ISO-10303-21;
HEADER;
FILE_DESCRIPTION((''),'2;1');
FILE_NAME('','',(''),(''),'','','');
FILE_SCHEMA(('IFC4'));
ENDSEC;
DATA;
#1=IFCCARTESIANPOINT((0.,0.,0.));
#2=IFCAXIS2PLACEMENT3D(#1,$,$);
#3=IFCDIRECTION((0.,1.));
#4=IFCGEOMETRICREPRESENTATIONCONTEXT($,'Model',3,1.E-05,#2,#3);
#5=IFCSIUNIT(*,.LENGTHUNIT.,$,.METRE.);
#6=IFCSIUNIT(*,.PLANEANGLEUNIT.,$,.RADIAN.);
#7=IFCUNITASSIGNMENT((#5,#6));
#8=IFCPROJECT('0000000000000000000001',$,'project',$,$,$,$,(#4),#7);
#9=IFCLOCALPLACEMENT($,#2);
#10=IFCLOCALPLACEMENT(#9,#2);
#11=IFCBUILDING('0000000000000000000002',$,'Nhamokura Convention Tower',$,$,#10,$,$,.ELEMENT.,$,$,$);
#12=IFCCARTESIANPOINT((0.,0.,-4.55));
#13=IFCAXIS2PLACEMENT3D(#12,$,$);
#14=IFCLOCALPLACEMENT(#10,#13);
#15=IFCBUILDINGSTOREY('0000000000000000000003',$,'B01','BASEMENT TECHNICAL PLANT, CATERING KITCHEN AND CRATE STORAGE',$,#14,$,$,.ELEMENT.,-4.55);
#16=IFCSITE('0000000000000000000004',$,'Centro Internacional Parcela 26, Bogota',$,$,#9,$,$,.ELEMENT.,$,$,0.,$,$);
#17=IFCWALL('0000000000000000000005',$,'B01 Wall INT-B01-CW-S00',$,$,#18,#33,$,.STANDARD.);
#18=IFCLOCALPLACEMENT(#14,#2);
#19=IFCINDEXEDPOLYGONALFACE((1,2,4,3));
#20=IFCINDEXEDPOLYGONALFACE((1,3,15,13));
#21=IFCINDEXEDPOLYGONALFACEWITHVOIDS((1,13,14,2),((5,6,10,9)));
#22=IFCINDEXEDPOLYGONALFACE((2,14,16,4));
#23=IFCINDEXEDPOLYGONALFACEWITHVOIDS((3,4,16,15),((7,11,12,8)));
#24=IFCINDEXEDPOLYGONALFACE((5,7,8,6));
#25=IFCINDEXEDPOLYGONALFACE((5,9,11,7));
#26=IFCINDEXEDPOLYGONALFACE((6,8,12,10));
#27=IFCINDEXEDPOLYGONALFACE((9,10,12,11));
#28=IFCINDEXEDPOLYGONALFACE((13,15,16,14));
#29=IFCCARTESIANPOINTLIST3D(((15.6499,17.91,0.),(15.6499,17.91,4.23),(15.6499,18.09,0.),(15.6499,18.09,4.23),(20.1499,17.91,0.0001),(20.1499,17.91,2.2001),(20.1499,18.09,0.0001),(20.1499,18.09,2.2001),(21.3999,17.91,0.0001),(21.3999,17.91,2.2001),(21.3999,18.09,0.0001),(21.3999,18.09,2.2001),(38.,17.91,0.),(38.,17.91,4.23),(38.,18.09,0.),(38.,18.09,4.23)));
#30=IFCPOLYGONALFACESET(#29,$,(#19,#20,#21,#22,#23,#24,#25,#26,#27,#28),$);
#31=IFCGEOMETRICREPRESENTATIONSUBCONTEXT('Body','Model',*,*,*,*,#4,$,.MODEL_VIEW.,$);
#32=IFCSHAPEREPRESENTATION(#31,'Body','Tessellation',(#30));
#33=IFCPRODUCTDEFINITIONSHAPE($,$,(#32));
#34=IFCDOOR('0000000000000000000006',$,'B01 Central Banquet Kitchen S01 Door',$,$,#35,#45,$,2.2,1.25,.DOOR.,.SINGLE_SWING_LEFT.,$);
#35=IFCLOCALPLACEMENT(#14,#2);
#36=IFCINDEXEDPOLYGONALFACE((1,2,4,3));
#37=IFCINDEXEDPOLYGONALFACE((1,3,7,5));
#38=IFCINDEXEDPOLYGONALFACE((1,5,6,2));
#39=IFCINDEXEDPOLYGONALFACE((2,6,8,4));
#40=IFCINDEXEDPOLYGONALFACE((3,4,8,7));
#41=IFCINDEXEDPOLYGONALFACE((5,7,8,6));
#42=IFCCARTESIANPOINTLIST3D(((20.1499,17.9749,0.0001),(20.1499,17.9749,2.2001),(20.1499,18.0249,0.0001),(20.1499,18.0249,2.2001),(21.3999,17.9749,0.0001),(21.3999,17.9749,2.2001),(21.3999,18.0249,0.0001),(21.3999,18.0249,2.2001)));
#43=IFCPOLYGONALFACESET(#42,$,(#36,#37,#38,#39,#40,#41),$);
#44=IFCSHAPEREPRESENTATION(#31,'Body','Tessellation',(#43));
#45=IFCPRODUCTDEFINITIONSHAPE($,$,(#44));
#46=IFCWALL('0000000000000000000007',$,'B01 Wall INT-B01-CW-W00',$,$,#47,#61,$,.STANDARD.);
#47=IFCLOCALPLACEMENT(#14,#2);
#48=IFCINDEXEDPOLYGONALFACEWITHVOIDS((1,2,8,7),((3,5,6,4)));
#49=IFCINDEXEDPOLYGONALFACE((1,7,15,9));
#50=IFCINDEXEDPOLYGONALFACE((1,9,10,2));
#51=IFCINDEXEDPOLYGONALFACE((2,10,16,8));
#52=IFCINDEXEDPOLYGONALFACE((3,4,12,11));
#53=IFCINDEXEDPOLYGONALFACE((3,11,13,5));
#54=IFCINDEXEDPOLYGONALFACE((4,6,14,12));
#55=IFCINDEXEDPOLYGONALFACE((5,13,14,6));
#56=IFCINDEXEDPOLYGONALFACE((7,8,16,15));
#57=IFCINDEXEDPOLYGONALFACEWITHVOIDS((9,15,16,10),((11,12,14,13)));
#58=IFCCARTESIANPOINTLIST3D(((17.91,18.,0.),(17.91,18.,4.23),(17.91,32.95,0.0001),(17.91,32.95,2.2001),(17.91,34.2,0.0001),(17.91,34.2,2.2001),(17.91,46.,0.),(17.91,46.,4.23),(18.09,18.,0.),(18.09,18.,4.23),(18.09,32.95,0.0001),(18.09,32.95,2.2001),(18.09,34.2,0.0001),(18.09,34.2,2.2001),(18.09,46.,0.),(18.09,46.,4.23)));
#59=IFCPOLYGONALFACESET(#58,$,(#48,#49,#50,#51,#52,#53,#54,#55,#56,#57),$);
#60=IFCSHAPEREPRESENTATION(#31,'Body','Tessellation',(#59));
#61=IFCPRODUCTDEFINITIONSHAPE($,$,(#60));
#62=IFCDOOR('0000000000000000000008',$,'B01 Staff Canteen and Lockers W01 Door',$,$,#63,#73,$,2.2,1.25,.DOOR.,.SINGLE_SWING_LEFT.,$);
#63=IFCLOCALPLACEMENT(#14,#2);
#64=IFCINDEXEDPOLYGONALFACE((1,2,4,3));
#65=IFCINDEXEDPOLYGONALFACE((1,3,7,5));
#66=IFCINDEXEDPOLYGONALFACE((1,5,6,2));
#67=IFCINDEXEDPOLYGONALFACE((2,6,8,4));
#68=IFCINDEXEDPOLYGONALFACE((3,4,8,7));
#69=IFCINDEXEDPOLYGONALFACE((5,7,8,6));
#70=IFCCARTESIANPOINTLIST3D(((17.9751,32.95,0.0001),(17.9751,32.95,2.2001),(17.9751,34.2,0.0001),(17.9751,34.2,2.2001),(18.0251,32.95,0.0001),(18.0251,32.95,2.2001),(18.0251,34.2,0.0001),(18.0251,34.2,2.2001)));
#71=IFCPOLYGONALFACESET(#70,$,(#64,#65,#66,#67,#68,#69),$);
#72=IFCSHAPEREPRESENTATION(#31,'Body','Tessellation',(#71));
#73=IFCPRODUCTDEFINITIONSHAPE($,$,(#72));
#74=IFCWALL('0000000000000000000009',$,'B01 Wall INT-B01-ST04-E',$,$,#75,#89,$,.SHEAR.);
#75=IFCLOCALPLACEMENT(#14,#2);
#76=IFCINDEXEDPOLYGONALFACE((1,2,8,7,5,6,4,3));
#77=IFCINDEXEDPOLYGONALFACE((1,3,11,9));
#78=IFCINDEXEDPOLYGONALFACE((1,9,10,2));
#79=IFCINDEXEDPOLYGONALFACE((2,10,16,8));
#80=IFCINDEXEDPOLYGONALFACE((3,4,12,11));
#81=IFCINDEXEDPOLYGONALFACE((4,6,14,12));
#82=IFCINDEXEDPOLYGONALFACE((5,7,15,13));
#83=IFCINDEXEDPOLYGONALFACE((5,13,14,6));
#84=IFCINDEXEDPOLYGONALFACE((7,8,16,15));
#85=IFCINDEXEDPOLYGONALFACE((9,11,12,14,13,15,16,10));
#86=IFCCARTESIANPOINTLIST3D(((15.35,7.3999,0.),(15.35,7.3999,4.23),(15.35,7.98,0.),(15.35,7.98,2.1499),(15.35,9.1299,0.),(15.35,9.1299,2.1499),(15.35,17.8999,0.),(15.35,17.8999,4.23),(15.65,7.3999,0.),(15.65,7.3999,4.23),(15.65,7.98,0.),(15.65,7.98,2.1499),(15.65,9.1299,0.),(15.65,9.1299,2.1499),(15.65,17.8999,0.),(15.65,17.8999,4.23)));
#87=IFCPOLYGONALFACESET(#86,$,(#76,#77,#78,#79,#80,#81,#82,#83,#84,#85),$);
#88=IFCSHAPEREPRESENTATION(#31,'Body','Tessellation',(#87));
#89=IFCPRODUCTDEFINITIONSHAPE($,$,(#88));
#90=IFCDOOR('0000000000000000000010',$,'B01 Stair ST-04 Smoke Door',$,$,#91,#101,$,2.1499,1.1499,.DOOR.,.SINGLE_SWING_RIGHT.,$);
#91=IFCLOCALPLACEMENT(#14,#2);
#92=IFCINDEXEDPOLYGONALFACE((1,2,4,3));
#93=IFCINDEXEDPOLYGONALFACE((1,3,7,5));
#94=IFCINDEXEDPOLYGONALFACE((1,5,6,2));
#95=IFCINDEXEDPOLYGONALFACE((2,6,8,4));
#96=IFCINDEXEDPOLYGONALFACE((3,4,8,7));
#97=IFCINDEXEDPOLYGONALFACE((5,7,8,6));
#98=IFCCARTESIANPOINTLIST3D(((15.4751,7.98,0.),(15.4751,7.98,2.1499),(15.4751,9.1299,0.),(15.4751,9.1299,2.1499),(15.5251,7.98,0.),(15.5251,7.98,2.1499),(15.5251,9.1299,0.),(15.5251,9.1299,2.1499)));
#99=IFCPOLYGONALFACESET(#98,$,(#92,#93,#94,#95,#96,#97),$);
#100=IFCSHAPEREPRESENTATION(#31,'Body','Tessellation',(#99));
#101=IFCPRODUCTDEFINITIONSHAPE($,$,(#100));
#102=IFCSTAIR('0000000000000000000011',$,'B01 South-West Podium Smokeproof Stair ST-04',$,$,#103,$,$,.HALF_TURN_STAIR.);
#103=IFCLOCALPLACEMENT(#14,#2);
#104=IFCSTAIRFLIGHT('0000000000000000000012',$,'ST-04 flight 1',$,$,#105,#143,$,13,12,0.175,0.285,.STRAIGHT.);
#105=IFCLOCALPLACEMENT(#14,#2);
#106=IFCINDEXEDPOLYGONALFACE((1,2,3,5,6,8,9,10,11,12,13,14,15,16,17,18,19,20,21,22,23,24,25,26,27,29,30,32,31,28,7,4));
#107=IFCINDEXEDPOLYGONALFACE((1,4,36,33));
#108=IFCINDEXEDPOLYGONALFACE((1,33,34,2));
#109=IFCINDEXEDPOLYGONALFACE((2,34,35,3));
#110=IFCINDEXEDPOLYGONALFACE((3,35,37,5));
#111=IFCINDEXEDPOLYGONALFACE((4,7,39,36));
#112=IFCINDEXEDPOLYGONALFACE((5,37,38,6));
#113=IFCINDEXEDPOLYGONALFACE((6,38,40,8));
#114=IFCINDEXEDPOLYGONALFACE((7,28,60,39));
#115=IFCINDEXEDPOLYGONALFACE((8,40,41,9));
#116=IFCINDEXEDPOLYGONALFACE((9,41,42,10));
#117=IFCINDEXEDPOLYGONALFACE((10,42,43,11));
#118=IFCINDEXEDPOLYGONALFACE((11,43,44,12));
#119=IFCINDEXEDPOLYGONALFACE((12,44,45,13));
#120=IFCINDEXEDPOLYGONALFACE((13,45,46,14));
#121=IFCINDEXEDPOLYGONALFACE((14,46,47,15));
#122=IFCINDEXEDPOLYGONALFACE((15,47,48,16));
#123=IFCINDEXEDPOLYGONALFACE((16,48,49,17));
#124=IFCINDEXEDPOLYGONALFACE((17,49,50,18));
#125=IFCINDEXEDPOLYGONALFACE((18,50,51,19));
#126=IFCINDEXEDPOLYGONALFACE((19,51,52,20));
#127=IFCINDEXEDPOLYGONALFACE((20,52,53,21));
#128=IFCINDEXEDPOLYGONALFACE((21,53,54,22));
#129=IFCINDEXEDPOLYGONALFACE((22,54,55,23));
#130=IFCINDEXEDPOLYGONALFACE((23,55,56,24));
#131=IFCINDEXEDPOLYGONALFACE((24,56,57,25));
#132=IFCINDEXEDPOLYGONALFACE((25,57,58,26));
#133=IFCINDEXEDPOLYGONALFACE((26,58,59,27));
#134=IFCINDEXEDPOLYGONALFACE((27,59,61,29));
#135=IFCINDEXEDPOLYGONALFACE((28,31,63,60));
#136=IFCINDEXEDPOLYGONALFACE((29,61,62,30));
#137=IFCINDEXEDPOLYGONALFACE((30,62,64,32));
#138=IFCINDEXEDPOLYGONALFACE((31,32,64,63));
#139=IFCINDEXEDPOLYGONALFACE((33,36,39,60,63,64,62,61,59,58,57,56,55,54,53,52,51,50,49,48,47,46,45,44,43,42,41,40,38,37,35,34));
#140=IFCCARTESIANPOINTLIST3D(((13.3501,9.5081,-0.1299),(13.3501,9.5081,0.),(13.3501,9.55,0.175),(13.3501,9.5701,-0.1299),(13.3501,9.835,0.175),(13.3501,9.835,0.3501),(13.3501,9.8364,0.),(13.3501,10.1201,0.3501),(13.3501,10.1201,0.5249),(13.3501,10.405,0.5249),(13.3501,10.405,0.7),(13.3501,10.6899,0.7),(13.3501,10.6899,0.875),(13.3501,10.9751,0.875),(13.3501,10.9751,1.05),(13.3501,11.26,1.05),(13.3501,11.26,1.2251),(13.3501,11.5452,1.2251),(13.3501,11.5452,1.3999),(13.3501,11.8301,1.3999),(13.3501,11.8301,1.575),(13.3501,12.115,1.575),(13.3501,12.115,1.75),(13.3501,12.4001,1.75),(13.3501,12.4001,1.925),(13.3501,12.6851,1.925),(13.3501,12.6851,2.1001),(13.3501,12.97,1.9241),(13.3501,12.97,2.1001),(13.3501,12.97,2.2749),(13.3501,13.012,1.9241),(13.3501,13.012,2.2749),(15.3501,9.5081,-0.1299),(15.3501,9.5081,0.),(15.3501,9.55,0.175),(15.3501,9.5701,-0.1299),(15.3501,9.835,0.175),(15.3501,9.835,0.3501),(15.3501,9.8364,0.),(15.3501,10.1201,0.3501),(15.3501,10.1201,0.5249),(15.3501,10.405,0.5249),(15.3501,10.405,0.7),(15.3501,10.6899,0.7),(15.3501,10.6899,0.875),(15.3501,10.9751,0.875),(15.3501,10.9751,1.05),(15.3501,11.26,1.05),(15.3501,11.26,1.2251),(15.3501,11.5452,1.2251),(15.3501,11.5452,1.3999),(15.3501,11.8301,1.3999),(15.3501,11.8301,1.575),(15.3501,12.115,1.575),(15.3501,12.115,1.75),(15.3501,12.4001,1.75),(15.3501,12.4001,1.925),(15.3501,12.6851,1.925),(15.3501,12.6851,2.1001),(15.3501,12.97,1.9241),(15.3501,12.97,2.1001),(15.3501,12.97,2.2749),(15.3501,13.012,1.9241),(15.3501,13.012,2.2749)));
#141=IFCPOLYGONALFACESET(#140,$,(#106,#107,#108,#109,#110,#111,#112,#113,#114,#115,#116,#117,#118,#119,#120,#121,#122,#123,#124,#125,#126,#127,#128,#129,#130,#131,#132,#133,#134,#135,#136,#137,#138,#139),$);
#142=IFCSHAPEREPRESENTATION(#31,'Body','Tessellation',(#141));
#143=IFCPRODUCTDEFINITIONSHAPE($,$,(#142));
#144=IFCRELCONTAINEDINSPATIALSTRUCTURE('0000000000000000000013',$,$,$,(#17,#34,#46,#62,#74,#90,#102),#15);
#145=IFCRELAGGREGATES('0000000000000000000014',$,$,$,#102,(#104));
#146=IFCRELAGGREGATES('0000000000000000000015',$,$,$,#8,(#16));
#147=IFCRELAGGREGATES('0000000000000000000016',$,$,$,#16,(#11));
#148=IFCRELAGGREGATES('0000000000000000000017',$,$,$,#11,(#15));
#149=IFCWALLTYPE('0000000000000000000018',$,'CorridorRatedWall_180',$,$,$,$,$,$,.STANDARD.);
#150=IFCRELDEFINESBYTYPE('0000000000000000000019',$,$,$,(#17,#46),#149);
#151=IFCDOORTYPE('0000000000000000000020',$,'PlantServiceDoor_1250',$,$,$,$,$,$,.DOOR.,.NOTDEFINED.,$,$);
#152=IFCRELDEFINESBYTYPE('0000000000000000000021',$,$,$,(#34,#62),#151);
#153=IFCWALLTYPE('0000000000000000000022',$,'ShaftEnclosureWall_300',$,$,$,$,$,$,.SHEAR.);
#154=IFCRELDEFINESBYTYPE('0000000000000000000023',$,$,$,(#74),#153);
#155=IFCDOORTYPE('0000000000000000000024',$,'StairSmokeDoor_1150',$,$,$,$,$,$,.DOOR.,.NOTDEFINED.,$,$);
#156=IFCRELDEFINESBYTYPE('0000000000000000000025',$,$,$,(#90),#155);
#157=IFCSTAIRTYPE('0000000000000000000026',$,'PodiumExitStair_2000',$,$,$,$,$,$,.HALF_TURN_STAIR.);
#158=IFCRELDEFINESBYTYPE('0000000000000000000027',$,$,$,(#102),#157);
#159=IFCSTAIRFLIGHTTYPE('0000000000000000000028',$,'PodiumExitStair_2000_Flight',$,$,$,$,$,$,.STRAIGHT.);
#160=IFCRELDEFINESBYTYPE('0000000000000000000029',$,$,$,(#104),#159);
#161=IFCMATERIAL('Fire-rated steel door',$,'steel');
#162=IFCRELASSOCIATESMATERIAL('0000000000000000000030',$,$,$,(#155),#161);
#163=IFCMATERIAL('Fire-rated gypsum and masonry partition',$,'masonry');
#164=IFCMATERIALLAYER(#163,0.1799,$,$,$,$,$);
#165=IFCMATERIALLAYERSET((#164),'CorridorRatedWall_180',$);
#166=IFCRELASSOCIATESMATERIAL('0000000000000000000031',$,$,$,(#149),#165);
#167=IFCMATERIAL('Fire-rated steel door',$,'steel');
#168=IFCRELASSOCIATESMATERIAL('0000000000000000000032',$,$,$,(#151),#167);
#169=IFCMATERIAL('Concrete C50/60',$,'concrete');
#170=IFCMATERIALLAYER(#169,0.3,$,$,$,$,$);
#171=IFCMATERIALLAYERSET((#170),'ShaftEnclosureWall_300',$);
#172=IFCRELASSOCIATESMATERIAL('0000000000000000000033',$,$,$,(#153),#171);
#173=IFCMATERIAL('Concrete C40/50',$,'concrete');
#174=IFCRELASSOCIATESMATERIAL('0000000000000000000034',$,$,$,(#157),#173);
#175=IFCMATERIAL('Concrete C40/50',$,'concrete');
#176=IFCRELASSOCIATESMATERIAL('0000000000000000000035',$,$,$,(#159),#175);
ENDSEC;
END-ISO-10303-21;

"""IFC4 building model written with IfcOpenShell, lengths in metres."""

from ifc_helpers import new_model, si_unit, direction, frame, frame_2d, origin, place, context, subcontext, project, spatial, polyline, rectangle, outline, extrude, material, layer, layer_set, type_object, element, fill, aggregate, save


model = new_model("IFC4")

# Units and contexts
model_context = context("Model", 3, precision=1e-05, world=origin(), true_north=direction((0.0, 1.0)))
body_context = subcontext(model_context, "Body", "Model", "MODEL_VIEW")
ifc_project = project(units=[si_unit("LENGTHUNIT", "METRE"), si_unit("PLANEANGLEUNIT", "RADIAN")], contexts=[model_context])

# Site, building, storey
site_placement = place(None, origin())
site = spatial("IfcSite", under=ifc_project, at=site_placement, Name="Centro Internacional Parcela 26, Bogota", CompositionType="ELEMENT", RefElevation=0.0)
building_placement = place(site_placement, origin())
building = spatial("IfcBuilding", under=site, at=building_placement, Name="Nhamokura Convention Tower", CompositionType="ELEMENT")
storey_placement = place(building_placement, frame((0.0, 0.0, -4.55)))
storey = spatial("IfcBuildingStorey", under=building, at=storey_placement, Name="B01", Description="BASEMENT TECHNICAL PLANT, CATERING KITCHEN AND CRATE STORAGE", CompositionType="ELEMENT", Elevation=-4.55)

# Shared definitions
ifc_material_1 = material(Name="Fire-rated steel door", Category="steel")
door_type_1 = type_object("IfcDoorType", Name="StairSmokeDoor_1150", OperationType="NOTDEFINED", PredefinedType="DOOR", material=ifc_material_1)

# Walls, openings, doors
ifc_material_2 = material(Name="Fire-rated gypsum and masonry partition", Category="masonry")
ifc_layer_1 = layer(ifc_material_2, 0.1799)
ifc_layer_set_1 = layer_set([ifc_layer_1], Name="CorridorRatedWall_180")
wall_type_1 = type_object("IfcWallType", Name="CorridorRatedWall_180", PredefinedType="STANDARD", material=ifc_layer_set_1)
wall_1_placement = place(storey_placement, frame((15.6499, 18.0, 0.0), z_axis=(0.0, 0.0, 1.0), x_axis=(1.0, 0.0, 0.0)))
wall_1 = element("IfcWall", 1, at=wall_1_placement, inside=storey, type_object=wall_type_1, Name="B01 Wall INT-B01-CW-S00", PredefinedType="STANDARD", context=body_context, shape_type="SweptSolid", body=[
    extrude(rectangle(XDim=22.3501, YDim=0.1799, at=frame_2d((11.175, 0.0))), origin(), (0.0, 0.0, 1.0), 4.23),
])
opening_1_placement = place(wall_1_placement, frame((4.5, 0.0, 0.0)))
opening_1 = element("IfcOpeningElement", 2, at=opening_1_placement, cuts=wall_1, PredefinedType="OPENING", context=body_context, shape_type="SweptSolid", body=[
    extrude(rectangle(XDim=1.25, YDim=2.2, at=frame_2d((0.625, 1.1001))), frame((0.0, 0.0999, 0.0), z_axis=(0.0, -1.0, 0.0), x_axis=(1.0, 0.0, 0.0)), (0.0, 0.0, 1.0), 0.2),
])
ifc_material_3 = material(Name="Fire-rated steel door", Category="steel")
door_type_2 = type_object("IfcDoorType", Name="PlantServiceDoor_1250", OperationType="NOTDEFINED", PredefinedType="DOOR", material=ifc_material_3)
door_1_placement = place(opening_1_placement, origin())
door_1 = element("IfcDoor", 3, at=door_1_placement, inside=storey, type_object=door_type_2, Name="B01 Central Banquet Kitchen S01 Door", OperationType="SINGLE_SWING_LEFT", OverallHeight=2.2, OverallWidth=1.25, PredefinedType="DOOR", context=body_context, shape_type="SweptSolid", body=[
    extrude(rectangle(XDim=1.25, YDim=2.2, at=frame_2d((0.625, 1.1001))), frame((0.0, 0.0249, 0.0), z_axis=(0.0, -1.0, 0.0), x_axis=(1.0, 0.0, 0.0)), (0.0, 0.0, 1.0), 0.05),
])
fill(opening_1, door_1)
wall_2_placement = place(storey_placement, frame((18.0, 18.0, 0.0), z_axis=(0.0, 0.0, 1.0), x_axis=(0.0, 1.0, 0.0)))
wall_2 = element("IfcWall", 4, at=wall_2_placement, inside=storey, type_object=wall_type_1, Name="B01 Wall INT-B01-CW-W00", PredefinedType="STANDARD", context=body_context, shape_type="SweptSolid", body=[
    extrude(rectangle(XDim=28.0, YDim=0.1799, at=frame_2d((14.0, 0.0))), origin(), (0.0, 0.0, 1.0), 4.23),
])
opening_2_placement = place(wall_2_placement, frame((14.95, 0.0, 0.0)))
opening_2 = element("IfcOpeningElement", 5, at=opening_2_placement, cuts=wall_2, PredefinedType="OPENING", context=body_context, shape_type="SweptSolid", body=[
    extrude(rectangle(XDim=1.25, YDim=2.2, at=frame_2d((0.625, 1.1001))), frame((0.0, 0.0999, 0.0), z_axis=(0.0, -1.0, 0.0), x_axis=(1.0, 0.0, 0.0)), (0.0, 0.0, 1.0), 0.2),
])
door_2_placement = place(opening_2_placement, origin())
door_2 = element("IfcDoor", 6, at=door_2_placement, inside=storey, type_object=door_type_2, Name="B01 Staff Canteen and Lockers W01 Door", OperationType="SINGLE_SWING_LEFT", OverallHeight=2.2, OverallWidth=1.25, PredefinedType="DOOR", context=body_context, shape_type="SweptSolid", body=[
    extrude(rectangle(XDim=1.25, YDim=2.2, at=frame_2d((0.625, 1.1001))), frame((0.0, 0.0249, 0.0), z_axis=(0.0, -1.0, 0.0), x_axis=(1.0, 0.0, 0.0)), (0.0, 0.0, 1.0), 0.05),
])
fill(opening_2, door_2)
ifc_material_4 = material(Name="Concrete C50/60", Category="concrete")
ifc_layer_2 = layer(ifc_material_4, 0.3)
ifc_layer_set_2 = layer_set([ifc_layer_2], Name="ShaftEnclosureWall_300")
wall_type_2 = type_object("IfcWallType", Name="ShaftEnclosureWall_300", PredefinedType="SHEAR", material=ifc_layer_set_2)
wall_3_placement = place(storey_placement, frame((15.5, 7.3999, 0.0), z_axis=(0.0, 0.0, 1.0), x_axis=(0.0, 1.0, 0.0)))
wall_3 = element("IfcWall", 7, at=wall_3_placement, inside=storey, type_object=wall_type_2, Name="B01 Wall INT-B01-ST04-E", PredefinedType="SHEAR", context=body_context, shape_type="SweptSolid", body=[
    extrude(rectangle(XDim=10.5, YDim=0.3, at=frame_2d((5.25, 0.0))), origin(), (0.0, 0.0, 1.0), 4.23),
])
opening_3_placement = place(wall_3_placement, frame((0.5801, 0.0, 0.0)))
opening_3 = element("IfcOpeningElement", 8, at=opening_3_placement, cuts=wall_3, PredefinedType="OPENING", context=body_context, shape_type="SweptSolid", body=[
    extrude(rectangle(XDim=1.1499, YDim=2.1499, at=frame_2d((0.575, 1.075))), frame((0.0, 0.1599, 0.0), z_axis=(0.0, -1.0, 0.0), x_axis=(1.0, 0.0, 0.0)), (0.0, 0.0, 1.0), 0.3201),
])
door_3_placement = place(opening_3_placement, origin())
door_3 = element("IfcDoor", 9, at=door_3_placement, inside=storey, type_object=door_type_1, Name="B01 Stair ST-04 Smoke Door", OperationType="SINGLE_SWING_RIGHT", OverallHeight=2.1499, OverallWidth=1.1499, PredefinedType="DOOR", context=body_context, shape_type="SweptSolid", body=[
    extrude(rectangle(XDim=1.1499, YDim=2.1499, at=frame_2d((0.575, 1.075))), frame((0.0, 0.0249, 0.0), z_axis=(0.0, -1.0, 0.0), x_axis=(1.0, 0.0, 0.0)), (0.0, 0.0, 1.0), 0.05),
])
fill(opening_3, door_3)

# Stair, stair flight
ifc_material_5 = material(Name="Concrete C40/50", Category="concrete")
stair_type_1 = type_object("IfcStairType", Name="PodiumExitStair_2000", PredefinedType="HALF_TURN_STAIR", material=ifc_material_5)
stair_1_placement = place(storey_placement, origin())
stair_1 = element("IfcStair", 10, at=stair_1_placement, inside=storey, type_object=stair_type_1, Name="B01 South-West Podium Smokeproof Stair ST-04", PredefinedType="HALF_TURN_STAIR")
ifc_material_6 = material(Name="Concrete C40/50", Category="concrete")
stair_flight_type_1 = type_object("IfcStairFlightType", Name="PodiumExitStair_2000_Flight", PredefinedType="STRAIGHT", material=ifc_material_6)
stair_flight_1_placement = place(storey_placement, frame((14.3501, 9.55, 0.0), z_axis=(0.0, 0.0, 1.0), x_axis=(0.0, 1.0, 0.0)))
stair_flight_1 = element("IfcStairFlight", 11, at=stair_flight_1_placement, type_object=stair_flight_type_1, Name="ST-04 flight 1", NumberOfRisers=13, NumberOfTreads=12, PredefinedType="STRAIGHT", RiserHeight=0.175, TreadLength=0.285, context=body_context, shape_type="SweptSolid", body=[
    extrude(outline(polyline([(-0.042, 0.0), (0.0, 0.175), (0.2849, 0.175), (0.2849, 0.3501), (0.5701, 0.3501), (0.5701, 0.5249), (0.855, 0.5249), (0.855, 0.7), (1.1399, 0.7), (1.1399, 0.875), (1.425, 0.875), (1.425, 1.05), (1.71, 1.05), (1.71, 1.2251), (1.9951, 1.2251), (1.9951, 1.3999), (2.28, 1.3999), (2.28, 1.575), (2.5649, 1.575), (2.5649, 1.75), (2.8501, 1.75), (2.8501, 1.925), (3.135, 1.925), (3.135, 2.1001), (3.4199, 2.1001), (3.4199, 2.2749), (3.4619, 2.2749), (3.4619, 1.9241), (3.4199, 1.9241), (0.2864, 0.0), (0.02, -0.1299), (-0.042, -0.1299), (-0.042, 0.0)])), frame((0.0, 1.0, 0.0), z_axis=(0.0, -1.0, 0.0), x_axis=(1.0, 0.0, 0.0)), (0.0, 0.0, 1.0), 2.0),
])
aggregate(stair_1, [stair_flight_1])

save(model, "model.ifc")
